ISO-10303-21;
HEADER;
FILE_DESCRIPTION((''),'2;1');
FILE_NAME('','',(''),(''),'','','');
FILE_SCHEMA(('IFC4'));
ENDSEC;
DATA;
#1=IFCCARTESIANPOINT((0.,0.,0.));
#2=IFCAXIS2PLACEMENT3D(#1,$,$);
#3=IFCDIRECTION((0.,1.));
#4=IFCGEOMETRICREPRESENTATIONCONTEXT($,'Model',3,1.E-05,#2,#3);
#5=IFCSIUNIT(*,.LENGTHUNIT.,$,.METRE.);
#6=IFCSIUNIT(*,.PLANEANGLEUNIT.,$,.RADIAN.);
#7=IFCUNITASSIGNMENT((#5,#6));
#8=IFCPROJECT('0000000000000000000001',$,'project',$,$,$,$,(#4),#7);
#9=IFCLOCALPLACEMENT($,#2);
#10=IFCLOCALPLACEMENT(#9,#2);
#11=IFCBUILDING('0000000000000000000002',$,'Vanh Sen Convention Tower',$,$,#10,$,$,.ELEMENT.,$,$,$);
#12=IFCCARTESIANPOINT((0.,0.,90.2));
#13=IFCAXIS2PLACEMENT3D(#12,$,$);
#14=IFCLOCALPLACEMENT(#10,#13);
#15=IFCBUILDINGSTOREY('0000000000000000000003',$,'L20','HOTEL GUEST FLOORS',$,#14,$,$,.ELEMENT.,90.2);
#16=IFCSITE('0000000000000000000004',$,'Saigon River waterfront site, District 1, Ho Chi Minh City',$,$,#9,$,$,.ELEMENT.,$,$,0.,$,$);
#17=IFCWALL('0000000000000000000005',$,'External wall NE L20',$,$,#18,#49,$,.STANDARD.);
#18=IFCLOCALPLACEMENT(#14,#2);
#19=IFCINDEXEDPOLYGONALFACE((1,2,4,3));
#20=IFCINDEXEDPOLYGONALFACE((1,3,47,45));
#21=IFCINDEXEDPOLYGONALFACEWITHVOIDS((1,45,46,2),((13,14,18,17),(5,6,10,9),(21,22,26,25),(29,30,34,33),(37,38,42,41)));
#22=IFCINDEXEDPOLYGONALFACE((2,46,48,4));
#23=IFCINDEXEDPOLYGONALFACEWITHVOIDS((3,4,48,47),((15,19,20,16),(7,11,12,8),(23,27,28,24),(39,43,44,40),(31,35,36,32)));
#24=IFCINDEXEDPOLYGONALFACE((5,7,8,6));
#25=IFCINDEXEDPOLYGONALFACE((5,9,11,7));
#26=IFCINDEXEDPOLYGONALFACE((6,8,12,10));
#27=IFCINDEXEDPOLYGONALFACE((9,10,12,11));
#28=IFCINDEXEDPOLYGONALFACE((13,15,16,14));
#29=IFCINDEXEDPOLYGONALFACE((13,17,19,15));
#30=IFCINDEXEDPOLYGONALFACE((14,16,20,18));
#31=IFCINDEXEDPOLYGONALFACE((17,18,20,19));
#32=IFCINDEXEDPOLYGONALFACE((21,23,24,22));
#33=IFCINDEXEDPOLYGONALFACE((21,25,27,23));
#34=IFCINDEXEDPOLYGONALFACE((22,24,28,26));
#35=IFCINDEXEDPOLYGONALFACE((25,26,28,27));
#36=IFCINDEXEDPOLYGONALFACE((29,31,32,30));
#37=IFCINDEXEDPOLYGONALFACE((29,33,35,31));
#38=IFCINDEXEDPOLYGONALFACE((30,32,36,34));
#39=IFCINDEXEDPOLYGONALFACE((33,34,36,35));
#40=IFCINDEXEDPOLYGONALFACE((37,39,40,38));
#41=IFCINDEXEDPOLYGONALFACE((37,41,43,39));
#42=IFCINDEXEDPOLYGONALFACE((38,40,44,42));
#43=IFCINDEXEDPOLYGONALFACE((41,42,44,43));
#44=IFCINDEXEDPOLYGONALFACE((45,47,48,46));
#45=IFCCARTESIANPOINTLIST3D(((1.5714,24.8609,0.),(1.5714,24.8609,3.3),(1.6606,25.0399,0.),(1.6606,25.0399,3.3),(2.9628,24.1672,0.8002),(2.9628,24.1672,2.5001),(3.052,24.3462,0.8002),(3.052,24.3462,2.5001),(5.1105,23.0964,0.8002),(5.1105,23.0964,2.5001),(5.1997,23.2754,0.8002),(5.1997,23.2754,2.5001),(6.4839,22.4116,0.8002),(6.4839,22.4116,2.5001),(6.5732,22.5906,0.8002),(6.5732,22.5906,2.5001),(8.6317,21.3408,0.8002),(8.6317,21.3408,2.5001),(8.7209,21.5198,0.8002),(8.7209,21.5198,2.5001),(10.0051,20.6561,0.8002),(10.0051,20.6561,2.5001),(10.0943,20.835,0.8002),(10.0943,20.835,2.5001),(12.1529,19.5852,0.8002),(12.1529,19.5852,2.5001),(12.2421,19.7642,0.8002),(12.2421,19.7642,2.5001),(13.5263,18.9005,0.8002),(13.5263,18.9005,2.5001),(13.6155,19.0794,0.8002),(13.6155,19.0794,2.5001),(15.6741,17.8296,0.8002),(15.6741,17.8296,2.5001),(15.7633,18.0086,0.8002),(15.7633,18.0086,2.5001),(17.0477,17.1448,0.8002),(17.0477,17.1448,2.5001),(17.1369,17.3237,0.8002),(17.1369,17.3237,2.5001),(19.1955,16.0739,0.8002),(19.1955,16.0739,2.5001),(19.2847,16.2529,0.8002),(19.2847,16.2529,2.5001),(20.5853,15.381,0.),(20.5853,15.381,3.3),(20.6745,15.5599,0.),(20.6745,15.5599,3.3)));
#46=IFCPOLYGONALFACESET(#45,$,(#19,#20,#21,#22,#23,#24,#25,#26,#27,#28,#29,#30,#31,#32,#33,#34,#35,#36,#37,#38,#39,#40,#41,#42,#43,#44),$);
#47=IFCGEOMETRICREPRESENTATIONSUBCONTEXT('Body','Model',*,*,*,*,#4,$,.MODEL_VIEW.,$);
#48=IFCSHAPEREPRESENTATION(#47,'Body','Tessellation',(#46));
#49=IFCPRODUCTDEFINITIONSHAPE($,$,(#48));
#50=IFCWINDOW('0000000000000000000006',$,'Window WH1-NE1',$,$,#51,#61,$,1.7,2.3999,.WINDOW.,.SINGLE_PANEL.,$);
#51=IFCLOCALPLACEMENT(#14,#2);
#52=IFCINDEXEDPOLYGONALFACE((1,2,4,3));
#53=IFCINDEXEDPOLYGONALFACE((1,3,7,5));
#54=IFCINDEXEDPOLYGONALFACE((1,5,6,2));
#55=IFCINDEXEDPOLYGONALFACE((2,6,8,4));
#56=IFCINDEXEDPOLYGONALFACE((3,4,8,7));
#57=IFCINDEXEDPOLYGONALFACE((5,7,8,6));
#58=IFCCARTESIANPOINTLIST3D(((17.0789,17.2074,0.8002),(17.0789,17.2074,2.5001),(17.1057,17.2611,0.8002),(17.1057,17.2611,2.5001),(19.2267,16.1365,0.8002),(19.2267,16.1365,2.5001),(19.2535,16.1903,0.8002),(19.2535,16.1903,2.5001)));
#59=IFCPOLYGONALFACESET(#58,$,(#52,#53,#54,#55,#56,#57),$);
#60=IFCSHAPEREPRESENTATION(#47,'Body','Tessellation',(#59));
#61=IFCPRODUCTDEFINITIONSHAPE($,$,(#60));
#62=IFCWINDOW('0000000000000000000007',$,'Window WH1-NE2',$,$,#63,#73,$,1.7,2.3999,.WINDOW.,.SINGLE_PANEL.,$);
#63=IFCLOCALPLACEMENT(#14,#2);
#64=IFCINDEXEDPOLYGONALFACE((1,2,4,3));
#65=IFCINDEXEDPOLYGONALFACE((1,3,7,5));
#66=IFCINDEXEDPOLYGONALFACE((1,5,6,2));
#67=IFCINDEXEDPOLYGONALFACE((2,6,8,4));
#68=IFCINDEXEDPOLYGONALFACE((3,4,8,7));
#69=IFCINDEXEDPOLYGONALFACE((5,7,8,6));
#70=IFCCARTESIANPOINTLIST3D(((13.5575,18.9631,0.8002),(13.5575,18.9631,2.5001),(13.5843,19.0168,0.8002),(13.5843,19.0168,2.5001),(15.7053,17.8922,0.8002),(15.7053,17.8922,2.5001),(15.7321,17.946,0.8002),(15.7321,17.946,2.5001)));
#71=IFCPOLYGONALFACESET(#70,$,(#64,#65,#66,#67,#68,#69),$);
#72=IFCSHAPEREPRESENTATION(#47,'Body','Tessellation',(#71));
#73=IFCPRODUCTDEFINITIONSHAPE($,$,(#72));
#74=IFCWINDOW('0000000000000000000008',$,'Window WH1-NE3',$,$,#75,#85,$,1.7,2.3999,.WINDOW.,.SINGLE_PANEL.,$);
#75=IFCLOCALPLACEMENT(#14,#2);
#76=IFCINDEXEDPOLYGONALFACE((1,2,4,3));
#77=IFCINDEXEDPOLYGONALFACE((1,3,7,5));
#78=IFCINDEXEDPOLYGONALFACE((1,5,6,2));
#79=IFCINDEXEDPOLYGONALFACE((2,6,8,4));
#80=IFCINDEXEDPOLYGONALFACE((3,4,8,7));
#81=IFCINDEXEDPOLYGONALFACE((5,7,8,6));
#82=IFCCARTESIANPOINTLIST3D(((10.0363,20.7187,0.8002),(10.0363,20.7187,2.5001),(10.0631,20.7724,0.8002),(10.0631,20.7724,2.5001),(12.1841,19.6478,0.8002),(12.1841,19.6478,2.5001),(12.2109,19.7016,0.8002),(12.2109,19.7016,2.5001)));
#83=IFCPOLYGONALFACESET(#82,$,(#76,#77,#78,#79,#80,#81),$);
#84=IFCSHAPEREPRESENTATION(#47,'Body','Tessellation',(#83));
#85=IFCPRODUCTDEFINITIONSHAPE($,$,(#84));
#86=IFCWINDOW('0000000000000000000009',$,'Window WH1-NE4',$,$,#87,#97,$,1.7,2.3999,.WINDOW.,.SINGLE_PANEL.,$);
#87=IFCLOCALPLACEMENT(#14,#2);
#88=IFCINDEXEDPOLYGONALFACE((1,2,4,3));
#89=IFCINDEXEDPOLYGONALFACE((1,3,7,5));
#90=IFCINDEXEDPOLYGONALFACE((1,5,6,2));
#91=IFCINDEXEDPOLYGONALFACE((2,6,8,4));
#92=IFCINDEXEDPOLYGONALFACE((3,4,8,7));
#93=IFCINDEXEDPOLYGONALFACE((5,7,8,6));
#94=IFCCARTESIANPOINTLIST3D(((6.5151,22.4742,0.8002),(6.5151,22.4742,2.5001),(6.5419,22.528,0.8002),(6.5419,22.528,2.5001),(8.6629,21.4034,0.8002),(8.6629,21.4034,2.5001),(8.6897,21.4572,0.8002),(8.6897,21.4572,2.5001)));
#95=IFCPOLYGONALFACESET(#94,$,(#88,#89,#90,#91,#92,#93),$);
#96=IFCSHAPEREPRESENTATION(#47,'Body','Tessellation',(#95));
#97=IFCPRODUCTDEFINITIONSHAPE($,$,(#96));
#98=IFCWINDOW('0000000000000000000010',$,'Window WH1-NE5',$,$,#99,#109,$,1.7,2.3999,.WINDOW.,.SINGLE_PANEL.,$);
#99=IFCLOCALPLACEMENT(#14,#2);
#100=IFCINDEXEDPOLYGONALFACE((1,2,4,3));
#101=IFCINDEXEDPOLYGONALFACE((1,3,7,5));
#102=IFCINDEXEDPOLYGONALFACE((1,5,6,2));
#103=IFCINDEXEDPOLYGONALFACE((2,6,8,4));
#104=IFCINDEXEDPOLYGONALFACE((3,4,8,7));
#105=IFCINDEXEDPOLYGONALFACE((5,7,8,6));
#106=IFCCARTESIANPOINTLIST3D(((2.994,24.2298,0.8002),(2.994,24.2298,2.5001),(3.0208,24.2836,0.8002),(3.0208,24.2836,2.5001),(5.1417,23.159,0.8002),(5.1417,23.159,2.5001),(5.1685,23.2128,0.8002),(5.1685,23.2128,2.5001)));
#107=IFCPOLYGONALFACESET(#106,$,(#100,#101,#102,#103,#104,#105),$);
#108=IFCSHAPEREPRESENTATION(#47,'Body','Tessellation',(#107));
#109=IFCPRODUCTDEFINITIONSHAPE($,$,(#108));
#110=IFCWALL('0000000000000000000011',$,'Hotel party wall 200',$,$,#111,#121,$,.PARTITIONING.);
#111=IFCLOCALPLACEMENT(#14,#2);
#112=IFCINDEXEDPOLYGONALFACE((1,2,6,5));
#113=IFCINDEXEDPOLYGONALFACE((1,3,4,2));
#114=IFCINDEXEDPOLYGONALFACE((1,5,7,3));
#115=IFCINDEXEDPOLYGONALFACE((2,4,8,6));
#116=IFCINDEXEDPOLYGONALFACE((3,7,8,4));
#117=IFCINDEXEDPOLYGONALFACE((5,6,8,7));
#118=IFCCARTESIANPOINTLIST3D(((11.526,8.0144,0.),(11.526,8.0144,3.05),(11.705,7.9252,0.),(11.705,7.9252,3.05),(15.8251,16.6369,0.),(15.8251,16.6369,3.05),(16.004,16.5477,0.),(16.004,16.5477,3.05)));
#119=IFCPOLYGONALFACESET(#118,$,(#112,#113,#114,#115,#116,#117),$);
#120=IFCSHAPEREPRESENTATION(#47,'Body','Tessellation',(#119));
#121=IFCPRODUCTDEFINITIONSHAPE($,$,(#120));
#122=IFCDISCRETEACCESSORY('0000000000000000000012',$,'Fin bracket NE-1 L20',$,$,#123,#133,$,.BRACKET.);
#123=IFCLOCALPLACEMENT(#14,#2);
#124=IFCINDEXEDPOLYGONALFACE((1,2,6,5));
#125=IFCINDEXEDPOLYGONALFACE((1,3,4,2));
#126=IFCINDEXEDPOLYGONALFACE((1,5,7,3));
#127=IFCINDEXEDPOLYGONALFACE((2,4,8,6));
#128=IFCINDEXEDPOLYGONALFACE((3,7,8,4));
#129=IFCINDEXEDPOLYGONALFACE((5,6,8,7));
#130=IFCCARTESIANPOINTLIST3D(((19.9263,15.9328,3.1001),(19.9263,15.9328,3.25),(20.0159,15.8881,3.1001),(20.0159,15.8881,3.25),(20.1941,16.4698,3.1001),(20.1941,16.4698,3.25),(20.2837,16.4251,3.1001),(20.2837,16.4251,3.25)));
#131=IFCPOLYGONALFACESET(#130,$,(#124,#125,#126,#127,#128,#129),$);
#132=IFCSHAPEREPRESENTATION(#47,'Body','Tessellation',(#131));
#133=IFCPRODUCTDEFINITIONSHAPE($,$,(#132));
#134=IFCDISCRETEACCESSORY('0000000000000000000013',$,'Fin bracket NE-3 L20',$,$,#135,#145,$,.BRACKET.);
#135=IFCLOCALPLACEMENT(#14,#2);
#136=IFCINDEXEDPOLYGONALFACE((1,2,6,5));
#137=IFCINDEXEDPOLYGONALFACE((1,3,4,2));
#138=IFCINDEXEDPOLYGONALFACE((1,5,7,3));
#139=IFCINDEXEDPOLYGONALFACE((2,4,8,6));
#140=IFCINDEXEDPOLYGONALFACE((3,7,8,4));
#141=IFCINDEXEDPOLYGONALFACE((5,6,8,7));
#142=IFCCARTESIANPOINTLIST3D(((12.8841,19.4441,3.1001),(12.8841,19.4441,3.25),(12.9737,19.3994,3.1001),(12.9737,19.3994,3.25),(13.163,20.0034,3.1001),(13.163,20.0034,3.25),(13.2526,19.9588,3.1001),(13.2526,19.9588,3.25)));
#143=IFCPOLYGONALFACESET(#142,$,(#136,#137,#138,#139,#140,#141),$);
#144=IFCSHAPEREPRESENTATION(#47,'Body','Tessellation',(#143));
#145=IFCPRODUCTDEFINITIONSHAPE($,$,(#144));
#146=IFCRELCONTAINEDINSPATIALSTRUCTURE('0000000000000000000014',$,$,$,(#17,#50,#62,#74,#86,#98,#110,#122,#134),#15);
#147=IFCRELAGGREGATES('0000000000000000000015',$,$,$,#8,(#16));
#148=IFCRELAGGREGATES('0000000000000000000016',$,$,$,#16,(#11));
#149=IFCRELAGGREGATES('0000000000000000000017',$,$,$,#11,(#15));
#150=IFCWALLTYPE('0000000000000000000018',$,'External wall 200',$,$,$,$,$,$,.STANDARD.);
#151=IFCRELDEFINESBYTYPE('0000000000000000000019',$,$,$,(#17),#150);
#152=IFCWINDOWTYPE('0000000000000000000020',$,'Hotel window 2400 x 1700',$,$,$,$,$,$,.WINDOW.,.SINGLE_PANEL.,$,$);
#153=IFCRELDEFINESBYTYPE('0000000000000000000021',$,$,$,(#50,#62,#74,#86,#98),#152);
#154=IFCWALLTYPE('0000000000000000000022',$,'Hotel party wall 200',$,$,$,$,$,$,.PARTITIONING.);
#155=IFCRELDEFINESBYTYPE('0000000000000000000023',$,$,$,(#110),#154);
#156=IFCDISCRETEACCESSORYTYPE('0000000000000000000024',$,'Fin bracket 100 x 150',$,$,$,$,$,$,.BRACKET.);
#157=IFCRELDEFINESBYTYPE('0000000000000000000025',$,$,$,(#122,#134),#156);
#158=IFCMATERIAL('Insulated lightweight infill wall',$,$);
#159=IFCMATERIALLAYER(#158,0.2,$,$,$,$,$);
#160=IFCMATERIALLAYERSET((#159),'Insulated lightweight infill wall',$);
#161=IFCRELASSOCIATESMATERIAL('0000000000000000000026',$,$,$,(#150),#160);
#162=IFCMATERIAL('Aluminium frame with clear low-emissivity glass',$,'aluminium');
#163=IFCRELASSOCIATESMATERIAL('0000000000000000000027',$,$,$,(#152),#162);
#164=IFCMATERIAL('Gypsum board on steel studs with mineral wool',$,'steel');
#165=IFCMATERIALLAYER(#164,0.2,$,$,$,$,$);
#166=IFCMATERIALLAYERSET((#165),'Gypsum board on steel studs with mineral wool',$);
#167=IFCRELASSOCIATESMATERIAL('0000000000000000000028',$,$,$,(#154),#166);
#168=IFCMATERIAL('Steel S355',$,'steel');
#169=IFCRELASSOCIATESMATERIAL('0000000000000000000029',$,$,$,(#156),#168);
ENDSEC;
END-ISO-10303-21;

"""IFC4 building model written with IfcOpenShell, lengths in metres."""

from ifc_helpers import new_model, si_unit, direction, frame, frame_2d, origin, origin_2d, place, context, subcontext, project, spatial, rectangle, extrude, material, layer, layer_set, type_object, element, fill, save


model = new_model("IFC4")

# Units and contexts
model_context = context("Model", 3, precision=1e-05, world=origin(), true_north=direction((0.0, 1.0)))
body_context = subcontext(model_context, "Body", "Model", "MODEL_VIEW")
ifc_project = project(units=[si_unit("LENGTHUNIT", "METRE"), si_unit("PLANEANGLEUNIT", "RADIAN")], contexts=[model_context])

# Site, building, storey
site_placement = place(None, origin())
site = spatial("IfcSite", under=ifc_project, at=site_placement, Name="Saigon River waterfront site, District 1, Ho Chi Minh City", CompositionType="ELEMENT", RefElevation=0.0)
building_placement = place(site_placement, origin())
building = spatial("IfcBuilding", under=site, at=building_placement, Name="Vanh Sen Convention Tower", CompositionType="ELEMENT")
storey_placement = place(building_placement, frame((0.0, 0.0, 90.2)))
storey = spatial("IfcBuildingStorey", under=building, at=storey_placement, Name="L20", Description="HOTEL GUEST FLOORS", CompositionType="ELEMENT", Elevation=90.2)

# Shared definitions
ifc_material_1 = material(Name="Insulated lightweight infill wall")
ifc_layer_1 = layer(ifc_material_1, 0.2)
ifc_layer_set_1 = layer_set([ifc_layer_1], Name="Insulated lightweight infill wall")
wall_type_1 = type_object("IfcWallType", Name="External wall 200", PredefinedType="STANDARD", material=ifc_layer_set_1)
ifc_material_2 = material(Name="Aluminium frame with clear low-emissivity glass", Category="aluminium")

# Wall, openings, windows
wall_1_placement = place(storey_placement, frame((20.6299, 15.4705, 0.0), z_axis=(0.0, 0.0, 1.0), x_axis=(-0.894935, 0.446197, 0.0)))
wall_1 = element("IfcWall", 1, at=wall_1_placement, inside=storey, type_object=wall_type_1, Name="External wall NE L20", PredefinedType="STANDARD", context=body_context, shape_type="SweptSolid", body=[
    extrude(rectangle(XDim=21.2461, YDim=0.2, at=frame_2d((10.623, 0.0))), origin(), (0.0, 0.0, 1.0), 3.3),
])
opening_1_placement = place(wall_1_placement, frame((1.553, 0.0, 0.8)))
opening_1 = element("IfcOpeningElement", 2, at=opening_1_placement, cuts=wall_1, PredefinedType="OPENING", context=body_context, shape_type="SweptSolid", body=[
    extrude(rectangle(XDim=2.3999, YDim=1.7, at=frame_2d((1.2, 0.8501))), frame((0.0, 0.1099, 0.0), z_axis=(0.0, -1.0, 0.0), x_axis=(1.0, 0.0, 0.0)), (0.0, 0.0, 1.0), 0.22),
])
opening_2_placement = place(wall_1_placement, frame((5.4878, 0.0, 0.8)))
opening_2 = element("IfcOpeningElement", 3, at=opening_2_placement, cuts=wall_1, PredefinedType="OPENING", context=body_context, shape_type="SweptSolid", body=[
    extrude(rectangle(XDim=2.3999, YDim=1.7, at=frame_2d((1.2, 0.8501))), frame((0.0, 0.1099, 0.0), z_axis=(0.0, -1.0, 0.0), x_axis=(1.0, 0.0, 0.0)), (0.0, 0.0, 1.0), 0.22),
])
opening_3_placement = place(wall_1_placement, frame((9.4224, 0.0, 0.8)))
opening_3 = element("IfcOpeningElement", 4, at=opening_3_placement, cuts=wall_1, PredefinedType="OPENING", context=body_context, shape_type="SweptSolid", body=[
    extrude(rectangle(XDim=2.3999, YDim=1.7, at=frame_2d((1.2, 0.8501))), frame((0.0, 0.1099, 0.0), z_axis=(0.0, -1.0, 0.0), x_axis=(1.0, 0.0, 0.0)), (0.0, 0.0, 1.0), 0.22),
])
opening_4_placement = place(wall_1_placement, frame((13.3569, 0.0, 0.8)))
opening_4 = element("IfcOpeningElement", 5, at=opening_4_placement, cuts=wall_1, PredefinedType="OPENING", context=body_context, shape_type="SweptSolid", body=[
    extrude(rectangle(XDim=2.3999, YDim=1.7, at=frame_2d((1.2, 0.8501))), frame((0.0, 0.1099, 0.0), z_axis=(0.0, -1.0, 0.0), x_axis=(1.0, 0.0, 0.0)), (0.0, 0.0, 1.0), 0.22),
])
opening_5_placement = place(wall_1_placement, frame((17.2915, 0.0, 0.8)))
opening_5 = element("IfcOpeningElement", 6, at=opening_5_placement, cuts=wall_1, PredefinedType="OPENING", context=body_context, shape_type="SweptSolid", body=[
    extrude(rectangle(XDim=2.3999, YDim=1.7, at=frame_2d((1.2, 0.8501))), frame((0.0, 0.1099, 0.0), z_axis=(0.0, -1.0, 0.0), x_axis=(1.0, 0.0, 0.0)), (0.0, 0.0, 1.0), 0.22),
])
window_type_1 = type_object("IfcWindowType", Name="Hotel window 2400 x 1700", PartitioningType="SINGLE_PANEL", PredefinedType="WINDOW", material=ifc_material_2)
window_1_placement = place(opening_1_placement, origin())
window_1 = element("IfcWindow", 7, at=window_1_placement, inside=storey, type_object=window_type_1, Name="Window WH1-NE1", OverallHeight=1.7, OverallWidth=2.3999, PartitioningType="SINGLE_PANEL", PredefinedType="WINDOW", context=body_context, shape_type="SweptSolid", body=[
    extrude(rectangle(XDim=2.3999, YDim=1.7, at=frame_2d((1.2, 0.8501))), frame((0.0, 0.03, 0.0), z_axis=(0.0, -1.0, 0.0), x_axis=(1.0, 0.0, 0.0)), (0.0, 0.0, 1.0), 0.0601),
])
fill(opening_1, window_1)
window_2_placement = place(opening_2_placement, origin())
window_2 = element("IfcWindow", 8, at=window_2_placement, inside=storey, type_object=window_type_1, Name="Window WH1-NE2", OverallHeight=1.7, OverallWidth=2.3999, PartitioningType="SINGLE_PANEL", PredefinedType="WINDOW", context=body_context, shape_type="SweptSolid", body=[
    extrude(rectangle(XDim=2.3999, YDim=1.7, at=frame_2d((1.2, 0.8501))), frame((0.0, 0.03, 0.0), z_axis=(0.0, -1.0, 0.0), x_axis=(1.0, 0.0, 0.0)), (0.0, 0.0, 1.0), 0.0601),
])
fill(opening_2, window_2)
window_3_placement = place(opening_3_placement, origin())
window_3 = element("IfcWindow", 9, at=window_3_placement, inside=storey, type_object=window_type_1, Name="Window WH1-NE3", OverallHeight=1.7, OverallWidth=2.3999, PartitioningType="SINGLE_PANEL", PredefinedType="WINDOW", context=body_context, shape_type="SweptSolid", body=[
    extrude(rectangle(XDim=2.3999, YDim=1.7, at=frame_2d((1.2, 0.8501))), frame((0.0, 0.03, 0.0), z_axis=(0.0, -1.0, 0.0), x_axis=(1.0, 0.0, 0.0)), (0.0, 0.0, 1.0), 0.0601),
])
fill(opening_3, window_3)
window_4_placement = place(opening_4_placement, origin())
window_4 = element("IfcWindow", 10, at=window_4_placement, inside=storey, type_object=window_type_1, Name="Window WH1-NE4", OverallHeight=1.7, OverallWidth=2.3999, PartitioningType="SINGLE_PANEL", PredefinedType="WINDOW", context=body_context, shape_type="SweptSolid", body=[
    extrude(rectangle(XDim=2.3999, YDim=1.7, at=frame_2d((1.2, 0.8501))), frame((0.0, 0.03, 0.0), z_axis=(0.0, -1.0, 0.0), x_axis=(1.0, 0.0, 0.0)), (0.0, 0.0, 1.0), 0.0601),
])
fill(opening_4, window_4)
window_5_placement = place(opening_5_placement, origin())
window_5 = element("IfcWindow", 11, at=window_5_placement, inside=storey, type_object=window_type_1, Name="Window WH1-NE5", OverallHeight=1.7, OverallWidth=2.3999, PartitioningType="SINGLE_PANEL", PredefinedType="WINDOW", context=body_context, shape_type="SweptSolid", body=[
    extrude(rectangle(XDim=2.3999, YDim=1.7, at=frame_2d((1.2, 0.8501))), frame((0.0, 0.03, 0.0), z_axis=(0.0, -1.0, 0.0), x_axis=(1.0, 0.0, 0.0)), (0.0, 0.0, 1.0), 0.0601),
])
fill(opening_5, window_5)

# Wall
ifc_material_3 = material(Name="Gypsum board on steel studs with mineral wool", Category="steel")
ifc_layer_2 = layer(ifc_material_3, 0.2)
ifc_layer_set_2 = layer_set([ifc_layer_2], Name="Gypsum board on steel studs with mineral wool")
wall_type_2 = type_object("IfcWallType", Name="Hotel party wall 200", PredefinedType="PARTITIONING", material=ifc_layer_set_2)
wall_2_placement = place(storey_placement, frame((15.9146, 16.5923, 0.0), z_axis=(0.0, 0.0, 1.0), x_axis=(-0.4462, -0.894933, 0.0)))
element("IfcWall", 12, at=wall_2_placement, inside=storey, type_object=wall_type_2, Name="Hotel party wall 200", PredefinedType="PARTITIONING", context=body_context, shape_type="SweptSolid", body=[
    extrude(rectangle(XDim=9.6348, YDim=0.2, at=frame_2d((4.8174, 0.0))), origin(), (0.0, 0.0, 1.0), 3.05),
])

# Discrete accessories
ifc_material_4 = material(Name="Steel S355", Category="steel")
discrete_accessory_type = type_object("IfcDiscreteAccessoryType", Name="Fin bracket 100 x 150", PredefinedType="BRACKET", material=ifc_material_4)
discrete_accessory_1_placement = place(storey_placement, frame((20.105, 16.179, 3.1001), z_axis=(0.0, 0.0, 1.0), x_axis=(0.446198, 0.894934, 0.0)))
element("IfcDiscreteAccessory", 13, at=discrete_accessory_1_placement, inside=storey, type_object=discrete_accessory_type, Name="Fin bracket NE-1 L20", PredefinedType="BRACKET", context=body_context, shape_type="SweptSolid", body=[
    extrude(rectangle(XDim=0.6001, YDim=0.1001, at=origin_2d()), origin(), (0.0, 0.0, 1.0), 0.1499),
])
discrete_accessory_2_placement = place(storey_placement, frame((13.0684, 19.7014, 3.1001), z_axis=(0.0, 0.0, 1.0), x_axis=(0.446198, 0.894934, 0.0)))
element("IfcDiscreteAccessory", 14, at=discrete_accessory_2_placement, inside=storey, type_object=discrete_accessory_type, Name="Fin bracket NE-3 L20", PredefinedType="BRACKET", context=body_context, shape_type="SweptSolid", body=[
    extrude(rectangle(XDim=0.625, YDim=0.1001, at=origin_2d()), origin(), (0.0, 0.0, 1.0), 0.1499),
])

save(model, "model.ifc")
